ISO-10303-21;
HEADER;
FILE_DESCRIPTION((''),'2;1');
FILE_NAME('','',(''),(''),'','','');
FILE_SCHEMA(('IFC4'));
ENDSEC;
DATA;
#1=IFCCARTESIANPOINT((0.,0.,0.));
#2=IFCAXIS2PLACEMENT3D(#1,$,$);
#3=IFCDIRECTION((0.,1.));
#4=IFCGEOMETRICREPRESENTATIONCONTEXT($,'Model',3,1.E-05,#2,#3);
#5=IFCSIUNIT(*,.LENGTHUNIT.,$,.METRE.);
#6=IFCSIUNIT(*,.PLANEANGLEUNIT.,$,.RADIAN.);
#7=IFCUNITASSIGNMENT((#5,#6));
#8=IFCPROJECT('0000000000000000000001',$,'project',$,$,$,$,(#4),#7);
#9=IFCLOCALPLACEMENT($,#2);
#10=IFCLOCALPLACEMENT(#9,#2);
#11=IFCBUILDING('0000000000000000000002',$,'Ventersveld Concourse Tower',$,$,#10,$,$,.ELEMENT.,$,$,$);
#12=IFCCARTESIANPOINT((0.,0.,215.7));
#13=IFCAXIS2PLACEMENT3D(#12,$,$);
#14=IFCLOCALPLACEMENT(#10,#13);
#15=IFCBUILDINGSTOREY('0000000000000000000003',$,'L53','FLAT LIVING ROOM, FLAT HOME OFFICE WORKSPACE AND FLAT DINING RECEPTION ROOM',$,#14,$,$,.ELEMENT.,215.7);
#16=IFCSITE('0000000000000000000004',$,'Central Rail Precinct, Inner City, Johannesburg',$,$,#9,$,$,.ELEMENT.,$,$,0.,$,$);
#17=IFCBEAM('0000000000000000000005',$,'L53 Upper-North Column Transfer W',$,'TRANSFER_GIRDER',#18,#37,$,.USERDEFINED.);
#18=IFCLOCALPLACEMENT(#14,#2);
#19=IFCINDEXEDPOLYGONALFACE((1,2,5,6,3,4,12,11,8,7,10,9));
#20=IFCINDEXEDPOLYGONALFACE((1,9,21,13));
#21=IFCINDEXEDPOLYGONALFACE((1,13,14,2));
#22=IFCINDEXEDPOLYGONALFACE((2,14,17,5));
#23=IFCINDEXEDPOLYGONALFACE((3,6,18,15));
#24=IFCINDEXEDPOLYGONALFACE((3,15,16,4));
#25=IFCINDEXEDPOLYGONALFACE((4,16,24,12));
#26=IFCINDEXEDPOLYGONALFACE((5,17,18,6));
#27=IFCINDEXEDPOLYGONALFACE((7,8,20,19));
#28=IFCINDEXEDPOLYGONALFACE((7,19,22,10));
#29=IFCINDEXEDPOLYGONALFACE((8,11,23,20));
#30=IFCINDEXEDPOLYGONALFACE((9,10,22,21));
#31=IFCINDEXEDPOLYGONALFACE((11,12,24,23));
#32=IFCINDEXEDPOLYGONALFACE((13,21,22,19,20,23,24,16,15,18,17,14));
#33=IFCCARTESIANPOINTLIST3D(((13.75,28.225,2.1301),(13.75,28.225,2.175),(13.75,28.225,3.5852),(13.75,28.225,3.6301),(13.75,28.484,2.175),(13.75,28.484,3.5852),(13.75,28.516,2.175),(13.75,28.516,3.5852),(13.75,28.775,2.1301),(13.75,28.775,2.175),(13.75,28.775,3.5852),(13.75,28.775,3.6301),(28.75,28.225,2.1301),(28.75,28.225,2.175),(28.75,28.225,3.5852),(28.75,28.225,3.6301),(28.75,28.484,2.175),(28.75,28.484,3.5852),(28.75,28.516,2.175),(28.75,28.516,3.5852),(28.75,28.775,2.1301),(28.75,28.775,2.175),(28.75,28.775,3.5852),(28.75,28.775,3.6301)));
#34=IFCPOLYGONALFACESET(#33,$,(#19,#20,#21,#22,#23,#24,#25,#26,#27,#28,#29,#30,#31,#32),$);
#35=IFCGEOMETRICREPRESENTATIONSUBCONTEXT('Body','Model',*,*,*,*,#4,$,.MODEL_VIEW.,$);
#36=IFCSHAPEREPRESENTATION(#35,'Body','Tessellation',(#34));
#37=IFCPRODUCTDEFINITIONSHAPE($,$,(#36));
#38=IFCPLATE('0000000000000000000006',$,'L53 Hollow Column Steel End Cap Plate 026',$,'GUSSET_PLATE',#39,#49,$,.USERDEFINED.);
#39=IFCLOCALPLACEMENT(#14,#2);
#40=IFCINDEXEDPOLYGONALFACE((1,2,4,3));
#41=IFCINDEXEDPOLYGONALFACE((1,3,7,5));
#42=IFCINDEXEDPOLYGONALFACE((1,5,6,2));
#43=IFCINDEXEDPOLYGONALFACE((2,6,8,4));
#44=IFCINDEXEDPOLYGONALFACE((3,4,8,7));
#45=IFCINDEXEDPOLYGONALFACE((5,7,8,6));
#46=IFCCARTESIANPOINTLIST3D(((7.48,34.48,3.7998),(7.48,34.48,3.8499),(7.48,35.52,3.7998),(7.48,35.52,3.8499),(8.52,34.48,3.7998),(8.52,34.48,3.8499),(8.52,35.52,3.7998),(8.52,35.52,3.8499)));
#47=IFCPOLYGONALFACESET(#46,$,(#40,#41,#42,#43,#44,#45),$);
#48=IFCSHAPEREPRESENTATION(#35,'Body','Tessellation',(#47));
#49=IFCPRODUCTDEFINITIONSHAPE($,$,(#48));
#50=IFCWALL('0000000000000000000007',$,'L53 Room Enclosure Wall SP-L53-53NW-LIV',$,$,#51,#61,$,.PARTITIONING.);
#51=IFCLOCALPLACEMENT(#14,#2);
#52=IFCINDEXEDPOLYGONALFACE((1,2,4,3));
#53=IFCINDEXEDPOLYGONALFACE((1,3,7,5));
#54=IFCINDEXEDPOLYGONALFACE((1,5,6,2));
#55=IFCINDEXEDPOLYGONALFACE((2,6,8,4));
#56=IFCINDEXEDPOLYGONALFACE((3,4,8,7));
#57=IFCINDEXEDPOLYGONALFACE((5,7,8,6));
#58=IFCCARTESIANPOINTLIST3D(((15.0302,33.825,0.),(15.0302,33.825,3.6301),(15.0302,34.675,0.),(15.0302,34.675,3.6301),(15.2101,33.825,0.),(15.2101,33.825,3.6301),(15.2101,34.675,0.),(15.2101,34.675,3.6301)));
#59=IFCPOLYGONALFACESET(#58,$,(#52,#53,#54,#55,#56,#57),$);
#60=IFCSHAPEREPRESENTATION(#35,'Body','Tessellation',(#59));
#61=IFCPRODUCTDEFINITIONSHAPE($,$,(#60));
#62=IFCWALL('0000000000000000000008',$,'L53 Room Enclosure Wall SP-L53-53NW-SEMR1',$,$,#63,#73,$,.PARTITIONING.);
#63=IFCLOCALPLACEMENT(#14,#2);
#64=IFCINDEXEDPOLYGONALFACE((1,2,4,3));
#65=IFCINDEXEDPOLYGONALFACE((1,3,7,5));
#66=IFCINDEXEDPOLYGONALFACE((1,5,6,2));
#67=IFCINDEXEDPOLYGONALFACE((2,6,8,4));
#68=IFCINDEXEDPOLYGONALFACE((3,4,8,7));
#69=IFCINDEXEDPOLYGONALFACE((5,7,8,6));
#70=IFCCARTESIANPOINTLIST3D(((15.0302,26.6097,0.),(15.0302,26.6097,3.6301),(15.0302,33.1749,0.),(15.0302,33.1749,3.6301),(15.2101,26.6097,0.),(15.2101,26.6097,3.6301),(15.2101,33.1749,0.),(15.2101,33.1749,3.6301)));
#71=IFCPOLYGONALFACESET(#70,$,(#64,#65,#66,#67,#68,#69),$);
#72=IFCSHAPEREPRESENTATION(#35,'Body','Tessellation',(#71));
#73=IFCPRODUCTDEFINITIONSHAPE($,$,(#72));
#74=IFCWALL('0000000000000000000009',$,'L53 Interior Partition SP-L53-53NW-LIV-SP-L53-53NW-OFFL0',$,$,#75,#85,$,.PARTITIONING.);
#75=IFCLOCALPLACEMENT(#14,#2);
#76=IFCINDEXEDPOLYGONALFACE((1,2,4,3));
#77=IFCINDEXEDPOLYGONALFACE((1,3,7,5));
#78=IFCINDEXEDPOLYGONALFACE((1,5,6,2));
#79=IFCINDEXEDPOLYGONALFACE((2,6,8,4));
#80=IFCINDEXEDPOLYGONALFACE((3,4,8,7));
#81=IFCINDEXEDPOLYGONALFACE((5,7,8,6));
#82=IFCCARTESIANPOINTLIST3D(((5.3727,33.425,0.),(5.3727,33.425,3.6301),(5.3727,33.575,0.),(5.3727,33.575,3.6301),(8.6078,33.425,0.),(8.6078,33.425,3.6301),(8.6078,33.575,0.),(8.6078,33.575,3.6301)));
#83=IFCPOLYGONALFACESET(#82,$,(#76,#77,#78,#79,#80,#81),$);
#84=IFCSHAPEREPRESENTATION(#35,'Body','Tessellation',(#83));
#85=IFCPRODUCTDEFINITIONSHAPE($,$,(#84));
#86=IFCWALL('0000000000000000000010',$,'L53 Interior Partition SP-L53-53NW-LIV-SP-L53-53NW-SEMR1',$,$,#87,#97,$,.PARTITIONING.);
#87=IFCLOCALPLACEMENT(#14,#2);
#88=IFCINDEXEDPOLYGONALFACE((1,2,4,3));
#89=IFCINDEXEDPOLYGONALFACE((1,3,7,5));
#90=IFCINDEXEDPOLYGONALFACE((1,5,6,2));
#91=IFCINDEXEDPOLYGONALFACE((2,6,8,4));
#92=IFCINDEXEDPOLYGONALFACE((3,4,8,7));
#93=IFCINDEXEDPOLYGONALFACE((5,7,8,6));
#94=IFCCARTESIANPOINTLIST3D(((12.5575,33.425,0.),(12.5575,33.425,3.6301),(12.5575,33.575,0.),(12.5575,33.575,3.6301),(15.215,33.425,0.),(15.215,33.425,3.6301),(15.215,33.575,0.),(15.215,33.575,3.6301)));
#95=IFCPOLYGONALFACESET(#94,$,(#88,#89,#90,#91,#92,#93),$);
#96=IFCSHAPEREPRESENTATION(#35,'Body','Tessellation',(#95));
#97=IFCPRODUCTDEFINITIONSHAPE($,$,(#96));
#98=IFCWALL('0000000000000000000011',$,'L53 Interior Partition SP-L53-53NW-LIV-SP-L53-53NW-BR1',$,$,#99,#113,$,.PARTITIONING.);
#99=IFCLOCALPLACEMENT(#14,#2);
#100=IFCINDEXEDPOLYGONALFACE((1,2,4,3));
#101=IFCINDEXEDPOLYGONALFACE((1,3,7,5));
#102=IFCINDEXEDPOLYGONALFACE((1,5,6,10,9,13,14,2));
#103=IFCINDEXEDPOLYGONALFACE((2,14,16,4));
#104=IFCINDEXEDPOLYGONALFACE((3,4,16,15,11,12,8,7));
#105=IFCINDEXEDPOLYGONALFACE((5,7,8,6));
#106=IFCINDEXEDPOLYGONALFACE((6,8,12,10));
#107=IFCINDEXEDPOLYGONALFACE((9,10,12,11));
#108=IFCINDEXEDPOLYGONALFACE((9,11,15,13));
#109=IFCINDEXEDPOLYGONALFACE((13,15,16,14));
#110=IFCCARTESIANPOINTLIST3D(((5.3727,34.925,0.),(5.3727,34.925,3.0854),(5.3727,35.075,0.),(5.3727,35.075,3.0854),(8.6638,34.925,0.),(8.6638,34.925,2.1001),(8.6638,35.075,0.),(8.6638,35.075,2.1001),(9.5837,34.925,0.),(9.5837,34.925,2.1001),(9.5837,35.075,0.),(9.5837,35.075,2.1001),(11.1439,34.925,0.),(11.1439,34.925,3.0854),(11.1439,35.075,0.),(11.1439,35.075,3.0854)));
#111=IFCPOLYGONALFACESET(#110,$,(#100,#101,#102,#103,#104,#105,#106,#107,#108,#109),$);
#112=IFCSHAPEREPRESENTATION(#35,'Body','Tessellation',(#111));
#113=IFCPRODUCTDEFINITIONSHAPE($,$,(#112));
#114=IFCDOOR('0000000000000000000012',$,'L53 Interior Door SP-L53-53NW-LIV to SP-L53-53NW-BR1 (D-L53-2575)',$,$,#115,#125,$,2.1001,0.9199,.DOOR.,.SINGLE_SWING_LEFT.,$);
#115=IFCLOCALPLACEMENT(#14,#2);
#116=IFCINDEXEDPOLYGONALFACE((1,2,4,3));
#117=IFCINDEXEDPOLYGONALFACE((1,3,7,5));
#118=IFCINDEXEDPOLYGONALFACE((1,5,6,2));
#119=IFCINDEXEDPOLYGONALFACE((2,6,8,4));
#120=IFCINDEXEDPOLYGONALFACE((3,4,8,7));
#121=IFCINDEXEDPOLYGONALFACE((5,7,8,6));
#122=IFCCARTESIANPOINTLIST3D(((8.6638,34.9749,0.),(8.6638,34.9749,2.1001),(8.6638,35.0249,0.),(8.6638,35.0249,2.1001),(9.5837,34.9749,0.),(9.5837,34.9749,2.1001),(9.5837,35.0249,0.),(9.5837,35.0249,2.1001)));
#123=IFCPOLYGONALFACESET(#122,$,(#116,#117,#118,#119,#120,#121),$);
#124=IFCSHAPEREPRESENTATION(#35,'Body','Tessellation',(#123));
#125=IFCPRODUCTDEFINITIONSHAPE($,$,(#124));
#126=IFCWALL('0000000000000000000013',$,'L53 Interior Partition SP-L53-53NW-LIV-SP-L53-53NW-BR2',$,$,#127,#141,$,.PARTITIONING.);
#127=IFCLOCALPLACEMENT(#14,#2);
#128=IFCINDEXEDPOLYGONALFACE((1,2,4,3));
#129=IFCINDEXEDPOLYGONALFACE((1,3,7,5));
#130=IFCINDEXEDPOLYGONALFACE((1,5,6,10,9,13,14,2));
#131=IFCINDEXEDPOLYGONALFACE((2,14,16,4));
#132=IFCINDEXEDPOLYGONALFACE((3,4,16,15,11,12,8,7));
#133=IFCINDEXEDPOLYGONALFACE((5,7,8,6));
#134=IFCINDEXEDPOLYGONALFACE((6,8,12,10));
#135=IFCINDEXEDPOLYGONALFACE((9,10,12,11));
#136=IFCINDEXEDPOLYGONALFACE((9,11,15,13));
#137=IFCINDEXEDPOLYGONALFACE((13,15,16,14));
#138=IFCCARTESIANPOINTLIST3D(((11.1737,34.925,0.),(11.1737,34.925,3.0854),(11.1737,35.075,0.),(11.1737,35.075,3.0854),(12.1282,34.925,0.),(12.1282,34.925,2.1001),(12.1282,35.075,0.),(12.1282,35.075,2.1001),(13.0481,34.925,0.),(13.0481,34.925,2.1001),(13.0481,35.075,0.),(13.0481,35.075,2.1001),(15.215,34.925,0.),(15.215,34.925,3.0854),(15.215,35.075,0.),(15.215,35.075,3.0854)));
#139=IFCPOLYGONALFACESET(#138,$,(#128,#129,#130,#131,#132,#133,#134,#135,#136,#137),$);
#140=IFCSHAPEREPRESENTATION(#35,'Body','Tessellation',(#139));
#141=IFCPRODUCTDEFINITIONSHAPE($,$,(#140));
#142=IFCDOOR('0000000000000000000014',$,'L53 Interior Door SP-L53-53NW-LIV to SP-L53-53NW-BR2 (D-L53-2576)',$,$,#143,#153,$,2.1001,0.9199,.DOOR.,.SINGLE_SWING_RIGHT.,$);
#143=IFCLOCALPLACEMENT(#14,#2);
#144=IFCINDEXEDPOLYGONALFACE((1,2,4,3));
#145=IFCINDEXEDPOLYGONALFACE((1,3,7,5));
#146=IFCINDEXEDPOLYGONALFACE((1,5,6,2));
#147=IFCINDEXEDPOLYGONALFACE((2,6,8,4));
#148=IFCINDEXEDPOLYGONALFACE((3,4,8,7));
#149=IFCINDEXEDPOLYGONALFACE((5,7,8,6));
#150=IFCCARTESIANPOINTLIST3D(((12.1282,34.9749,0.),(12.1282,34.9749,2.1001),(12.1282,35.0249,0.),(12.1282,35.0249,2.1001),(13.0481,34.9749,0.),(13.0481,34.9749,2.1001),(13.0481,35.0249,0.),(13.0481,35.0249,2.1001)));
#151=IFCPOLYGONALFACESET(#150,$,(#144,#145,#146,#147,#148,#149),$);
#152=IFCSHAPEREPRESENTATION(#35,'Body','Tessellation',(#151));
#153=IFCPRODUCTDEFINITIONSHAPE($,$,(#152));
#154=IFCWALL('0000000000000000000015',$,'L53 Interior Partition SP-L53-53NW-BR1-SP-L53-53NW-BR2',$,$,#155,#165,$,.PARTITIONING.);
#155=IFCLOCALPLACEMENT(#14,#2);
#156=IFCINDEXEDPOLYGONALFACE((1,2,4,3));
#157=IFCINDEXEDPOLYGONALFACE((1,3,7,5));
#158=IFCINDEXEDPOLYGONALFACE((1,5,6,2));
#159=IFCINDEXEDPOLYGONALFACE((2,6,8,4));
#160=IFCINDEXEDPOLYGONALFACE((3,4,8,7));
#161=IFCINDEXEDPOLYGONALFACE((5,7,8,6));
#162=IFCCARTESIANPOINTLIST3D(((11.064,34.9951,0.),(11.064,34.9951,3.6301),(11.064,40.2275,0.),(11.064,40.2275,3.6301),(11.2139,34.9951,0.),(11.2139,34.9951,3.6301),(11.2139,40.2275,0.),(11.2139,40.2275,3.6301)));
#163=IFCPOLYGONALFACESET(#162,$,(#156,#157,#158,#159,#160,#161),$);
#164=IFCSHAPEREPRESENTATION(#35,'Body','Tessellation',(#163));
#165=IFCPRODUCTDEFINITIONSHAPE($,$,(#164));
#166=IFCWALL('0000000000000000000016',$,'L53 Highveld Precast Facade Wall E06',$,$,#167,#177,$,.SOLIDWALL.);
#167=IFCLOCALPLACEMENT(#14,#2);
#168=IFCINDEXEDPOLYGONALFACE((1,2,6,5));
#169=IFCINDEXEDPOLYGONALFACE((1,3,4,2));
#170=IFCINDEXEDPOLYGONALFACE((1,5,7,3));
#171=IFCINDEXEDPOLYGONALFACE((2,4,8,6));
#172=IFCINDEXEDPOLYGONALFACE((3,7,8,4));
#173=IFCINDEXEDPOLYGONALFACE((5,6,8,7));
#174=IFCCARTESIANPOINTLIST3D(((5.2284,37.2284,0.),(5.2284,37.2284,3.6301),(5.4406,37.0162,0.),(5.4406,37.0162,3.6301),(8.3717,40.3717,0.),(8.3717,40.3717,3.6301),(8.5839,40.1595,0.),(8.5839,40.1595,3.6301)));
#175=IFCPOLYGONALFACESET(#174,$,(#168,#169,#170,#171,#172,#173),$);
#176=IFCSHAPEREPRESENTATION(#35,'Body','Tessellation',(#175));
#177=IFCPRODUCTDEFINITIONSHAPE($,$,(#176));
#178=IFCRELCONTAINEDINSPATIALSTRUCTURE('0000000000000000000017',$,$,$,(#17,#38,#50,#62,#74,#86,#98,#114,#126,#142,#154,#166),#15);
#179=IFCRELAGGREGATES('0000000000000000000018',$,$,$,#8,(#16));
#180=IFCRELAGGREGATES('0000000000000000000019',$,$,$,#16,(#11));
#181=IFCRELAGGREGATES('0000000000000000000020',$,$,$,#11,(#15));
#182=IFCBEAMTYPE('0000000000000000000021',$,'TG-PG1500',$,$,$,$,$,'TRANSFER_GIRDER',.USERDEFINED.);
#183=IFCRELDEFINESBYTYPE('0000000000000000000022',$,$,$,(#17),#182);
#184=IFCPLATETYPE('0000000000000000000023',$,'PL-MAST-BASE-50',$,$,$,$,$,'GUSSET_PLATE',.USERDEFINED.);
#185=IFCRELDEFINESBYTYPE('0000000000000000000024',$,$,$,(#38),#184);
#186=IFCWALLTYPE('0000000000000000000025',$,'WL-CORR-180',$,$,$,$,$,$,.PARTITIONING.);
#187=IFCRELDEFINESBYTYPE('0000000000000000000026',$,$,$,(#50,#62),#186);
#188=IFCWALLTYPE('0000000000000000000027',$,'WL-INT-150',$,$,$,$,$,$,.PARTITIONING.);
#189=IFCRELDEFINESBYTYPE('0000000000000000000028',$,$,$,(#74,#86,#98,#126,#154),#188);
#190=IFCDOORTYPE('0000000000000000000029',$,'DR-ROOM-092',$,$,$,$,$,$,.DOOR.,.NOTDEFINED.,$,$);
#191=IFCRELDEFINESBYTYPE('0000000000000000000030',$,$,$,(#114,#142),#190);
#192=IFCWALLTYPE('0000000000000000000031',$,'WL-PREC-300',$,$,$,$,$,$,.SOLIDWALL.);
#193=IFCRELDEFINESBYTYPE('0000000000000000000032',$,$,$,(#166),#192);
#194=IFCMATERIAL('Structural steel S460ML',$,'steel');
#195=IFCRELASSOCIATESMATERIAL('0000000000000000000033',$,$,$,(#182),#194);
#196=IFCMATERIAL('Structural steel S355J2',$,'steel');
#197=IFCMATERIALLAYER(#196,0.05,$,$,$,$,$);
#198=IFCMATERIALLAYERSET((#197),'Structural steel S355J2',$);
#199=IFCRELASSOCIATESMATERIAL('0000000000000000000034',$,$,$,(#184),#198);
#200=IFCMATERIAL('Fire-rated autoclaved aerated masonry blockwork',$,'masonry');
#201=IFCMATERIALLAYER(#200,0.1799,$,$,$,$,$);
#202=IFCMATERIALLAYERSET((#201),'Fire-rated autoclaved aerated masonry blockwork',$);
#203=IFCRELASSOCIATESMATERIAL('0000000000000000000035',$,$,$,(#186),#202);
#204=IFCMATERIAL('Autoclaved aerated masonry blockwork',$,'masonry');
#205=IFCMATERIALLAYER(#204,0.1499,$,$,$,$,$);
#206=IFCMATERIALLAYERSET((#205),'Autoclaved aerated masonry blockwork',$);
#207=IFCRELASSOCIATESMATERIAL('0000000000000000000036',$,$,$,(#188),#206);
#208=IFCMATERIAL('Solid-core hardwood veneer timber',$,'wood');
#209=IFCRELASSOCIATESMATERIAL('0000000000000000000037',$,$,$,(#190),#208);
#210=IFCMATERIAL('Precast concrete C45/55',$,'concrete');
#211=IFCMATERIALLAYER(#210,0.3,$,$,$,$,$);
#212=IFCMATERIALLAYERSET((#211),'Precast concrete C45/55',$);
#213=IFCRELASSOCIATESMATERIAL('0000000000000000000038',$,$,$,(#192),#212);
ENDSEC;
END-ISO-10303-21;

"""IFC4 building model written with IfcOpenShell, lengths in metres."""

from ifc_helpers import new_model, si_unit, direction, frame, frame_2d, origin, origin_2d, place, context, subcontext, project, spatial, rectangle, i_section, extrude, material, layer, layer_set, material_profile, profile_set, type_object, element, fill, save


model = new_model("IFC4")

# Units and contexts
model_context = context("Model", 3, precision=1e-05, world=origin(), true_north=direction((0.0, 1.0)))
body_context = subcontext(model_context, "Body", "Model", "MODEL_VIEW")
ifc_project = project(units=[si_unit("LENGTHUNIT", "METRE"), si_unit("PLANEANGLEUNIT", "RADIAN")], contexts=[model_context])

# Site, building, storey
site_placement = place(None, origin())
site = spatial("IfcSite", under=ifc_project, at=site_placement, Name="Central Rail Precinct, Inner City, Johannesburg", CompositionType="ELEMENT", RefElevation=0.0)
building_placement = place(site_placement, origin())
building = spatial("IfcBuilding", under=site, at=building_placement, Name="Ventersveld Concourse Tower", CompositionType="ELEMENT")
storey_placement = place(building_placement, frame((0.0, 0.0, 215.7)))
storey = spatial("IfcBuildingStorey", under=building, at=storey_placement, Name="L53", Description="FLAT LIVING ROOM, FLAT HOME OFFICE WORKSPACE AND FLAT DINING RECEPTION ROOM", CompositionType="ELEMENT", Elevation=215.7)

# Shared definitions
ifc_material_1 = material(Name="Structural steel S460ML", Category="steel")

# Beam
ifc_material_2 = material(Name="Structural steel S355J2", Category="steel")
ifc_material_profile_1 = material_profile(ifc_material_1, i_section(OverallWidth=0.55, OverallDepth=1.5, WebThickness=0.032, FlangeThickness=0.0449, at=origin_2d()), Name="PG 1500x550x45")
ifc_profile_set_1 = profile_set([ifc_material_profile_1], Name="Structural steel S460ML")
beam_type_1 = type_object("IfcBeamType", Name="TG-PG1500", ElementType="TRANSFER_GIRDER", PredefinedType="USERDEFINED", material=ifc_profile_set_1)
beam_1_placement = place(storey_placement, frame((13.75, 28.5, 2.8801), z_axis=(1.0, 0.0, 0.0), x_axis=(0.0, 1.0, 0.0)))
element("IfcBeam", 1, at=beam_1_placement, inside=storey, type_object=beam_type_1, Name="L53 Upper-North Column Transfer W", ObjectType="TRANSFER_GIRDER", PredefinedType="USERDEFINED", context=body_context, shape_type="SweptSolid", body=[
    extrude(i_section(OverallWidth=0.55, OverallDepth=1.5, WebThickness=0.032, FlangeThickness=0.0449, at=origin_2d()), origin(), (0.0, 0.0, 1.0), 15.0),
])

# Plate
ifc_layer_1 = layer(ifc_material_2, 0.05)
ifc_layer_set_1 = layer_set([ifc_layer_1], Name="Structural steel S355J2")
plate_type = type_object("IfcPlateType", Name="PL-MAST-BASE-50", ElementType="GUSSET_PLATE", PredefinedType="USERDEFINED", material=ifc_layer_set_1)
plate_placement = place(storey_placement, frame((8.0, 35.0, 3.7998), z_axis=(0.0, 0.0, 1.0), x_axis=(1.0, 0.0, 0.0)))
element("IfcPlate", 2, at=plate_placement, inside=storey, type_object=plate_type, Name="L53 Hollow Column Steel End Cap Plate 026", ObjectType="GUSSET_PLATE", PredefinedType="USERDEFINED", context=body_context, shape_type="SweptSolid", body=[
    extrude(rectangle(XDim=1.04, YDim=1.04, at=origin_2d()), origin(), (0.0, 0.0, 1.0), 0.05),
])

# Walls
ifc_material_3 = material(Name="Fire-rated autoclaved aerated masonry blockwork", Category="masonry")
ifc_layer_2 = layer(ifc_material_3, 0.1799)
ifc_layer_set_2 = layer_set([ifc_layer_2], Name="Fire-rated autoclaved aerated masonry blockwork")
wall_type_1 = type_object("IfcWallType", Name="WL-CORR-180", PredefinedType="PARTITIONING", material=ifc_layer_set_2)
wall_1_placement = place(storey_placement, frame((15.1201, 34.675, 0.0), z_axis=(0.0, 0.0, 1.0), x_axis=(0.0, -1.0, 0.0)))
element("IfcWall", 3, at=wall_1_placement, inside=storey, type_object=wall_type_1, Name="L53 Room Enclosure Wall SP-L53-53NW-LIV", PredefinedType="PARTITIONING", context=body_context, shape_type="SweptSolid", body=[
    extrude(rectangle(XDim=0.8501, YDim=0.1799, at=frame_2d((0.425, 0.0))), origin(), (0.0, 0.0, 1.0), 3.6301),
])
wall_2_placement = place(storey_placement, frame((15.1201, 33.175, 0.0), z_axis=(0.0, 0.0, 1.0), x_axis=(0.0, -1.0, 0.0)))
element("IfcWall", 4, at=wall_2_placement, inside=storey, type_object=wall_type_1, Name="L53 Room Enclosure Wall SP-L53-53NW-SEMR1", PredefinedType="PARTITIONING", context=body_context, shape_type="SweptSolid", body=[
    extrude(rectangle(XDim=6.5652, YDim=0.1799, at=frame_2d((3.2827, 0.0))), origin(), (0.0, 0.0, 1.0), 3.6301),
])
ifc_material_4 = material(Name="Autoclaved aerated masonry blockwork", Category="masonry")
ifc_layer_3 = layer(ifc_material_4, 0.1499)
ifc_layer_set_3 = layer_set([ifc_layer_3], Name="Autoclaved aerated masonry blockwork")
wall_type_2 = type_object("IfcWallType", Name="WL-INT-150", PredefinedType="PARTITIONING", material=ifc_layer_set_3)
wall_3_placement = place(storey_placement, frame((5.3726, 33.5, 0.0), z_axis=(0.0, 0.0, 1.0), x_axis=(1.0, 0.0, 0.0)))
element("IfcWall", 5, at=wall_3_placement, inside=storey, type_object=wall_type_2, Name="L53 Interior Partition SP-L53-53NW-LIV-SP-L53-53NW-OFFL0", PredefinedType="PARTITIONING", context=body_context, shape_type="SweptSolid", body=[
    extrude(rectangle(XDim=3.2351, YDim=0.1499, at=frame_2d((1.6177, 0.0))), origin(), (0.0, 0.0, 1.0), 3.6301),
])
wall_4_placement = place(storey_placement, frame((12.5576, 33.5, 0.0), z_axis=(0.0, 0.0, 1.0), x_axis=(1.0, 0.0, 0.0)))
element("IfcWall", 6, at=wall_4_placement, inside=storey, type_object=wall_type_2, Name="L53 Interior Partition SP-L53-53NW-LIV-SP-L53-53NW-SEMR1", PredefinedType="PARTITIONING", context=body_context, shape_type="SweptSolid", body=[
    extrude(rectangle(XDim=2.6575, YDim=0.1499, at=frame_2d((1.3286, 0.0))), origin(), (0.0, 0.0, 1.0), 3.6301),
])

# Walls, openings, doors
wall_5_placement = place(storey_placement, frame((5.3726, 35.0, 0.0), z_axis=(0.0, 0.0, 1.0), x_axis=(1.0, 0.0, 0.0)))
wall_5 = element("IfcWall", 7, at=wall_5_placement, inside=storey, type_object=wall_type_2, Name="L53 Interior Partition SP-L53-53NW-LIV-SP-L53-53NW-BR1", PredefinedType="PARTITIONING", context=body_context, shape_type="SweptSolid", body=[
    extrude(rectangle(XDim=5.7712, YDim=0.1499, at=frame_2d((2.8857, 0.0))), origin(), (0.0, 0.0, 1.0), 3.0854),
])
opening_1_placement = place(wall_5_placement, frame((3.2913, 0.0, 0.0)))
opening_1 = element("IfcOpeningElement", 8, at=opening_1_placement, cuts=wall_5, PredefinedType="OPENING", context=body_context, shape_type="SweptSolid", body=[
    extrude(rectangle(XDim=0.9199, YDim=2.1001, at=frame_2d((0.46, 1.05))), frame((0.0, 0.085, 0.0), z_axis=(0.0, -1.0, 0.0), x_axis=(1.0, 0.0, 0.0)), (0.0, 0.0, 1.0), 0.1699),
])
ifc_material_5 = material(Name="Solid-core hardwood veneer timber", Category="wood")
door_type = type_object("IfcDoorType", Name="DR-ROOM-092", OperationType="NOTDEFINED", PredefinedType="DOOR", material=ifc_material_5)
door_1_placement = place(opening_1_placement, origin())
door_1 = element("IfcDoor", 9, at=door_1_placement, inside=storey, type_object=door_type, Name="L53 Interior Door SP-L53-53NW-LIV to SP-L53-53NW-BR1 (D-L53-2575)", OperationType="SINGLE_SWING_LEFT", OverallHeight=2.1001, OverallWidth=0.9199, PredefinedType="DOOR", context=body_context, shape_type="SweptSolid", body=[
    extrude(rectangle(XDim=0.9199, YDim=2.1001, at=frame_2d((0.46, 1.05))), frame((0.0, 0.0249, 0.0), z_axis=(0.0, -1.0, 0.0), x_axis=(1.0, 0.0, 0.0)), (0.0, 0.0, 1.0), 0.05),
])
fill(opening_1, door_1)
wall_6_placement = place(storey_placement, frame((11.1738, 35.0, 0.0), z_axis=(0.0, 0.0, 1.0), x_axis=(1.0, 0.0, 0.0)))
wall_6 = element("IfcWall", 10, at=wall_6_placement, inside=storey, type_object=wall_type_2, Name="L53 Interior Partition SP-L53-53NW-LIV-SP-L53-53NW-BR2", PredefinedType="PARTITIONING", context=body_context, shape_type="SweptSolid", body=[
    extrude(rectangle(XDim=4.0413, YDim=0.1499, at=frame_2d((2.0205, 0.0))), origin(), (0.0, 0.0, 1.0), 3.0854),
])
opening_2_placement = place(wall_6_placement, frame((0.9543, 0.0, 0.0)))
opening_2 = element("IfcOpeningElement", 11, at=opening_2_placement, cuts=wall_6, PredefinedType="OPENING", context=body_context, shape_type="SweptSolid", body=[
    extrude(rectangle(XDim=0.9199, YDim=2.1001, at=frame_2d((0.46, 1.05))), frame((0.0, 0.085, 0.0), z_axis=(0.0, -1.0, 0.0), x_axis=(1.0, 0.0, 0.0)), (0.0, 0.0, 1.0), 0.1699),
])
door_2_placement = place(opening_2_placement, origin())
door_2 = element("IfcDoor", 12, at=door_2_placement, inside=storey, type_object=door_type, Name="L53 Interior Door SP-L53-53NW-LIV to SP-L53-53NW-BR2 (D-L53-2576)", OperationType="SINGLE_SWING_RIGHT", OverallHeight=2.1001, OverallWidth=0.9199, PredefinedType="DOOR", context=body_context, shape_type="SweptSolid", body=[
    extrude(rectangle(XDim=0.9199, YDim=2.1001, at=frame_2d((0.46, 1.05))), frame((0.0, 0.0249, 0.0), z_axis=(0.0, -1.0, 0.0), x_axis=(1.0, 0.0, 0.0)), (0.0, 0.0, 1.0), 0.05),
])
fill(opening_2, door_2)

# Walls
wall_7_placement = place(storey_placement, frame((11.1389, 34.9951, 0.0), z_axis=(0.0, 0.0, 1.0), x_axis=(0.0, 1.0, 0.0)))
element("IfcWall", 13, at=wall_7_placement, inside=storey, type_object=wall_type_2, Name="L53 Interior Partition SP-L53-53NW-BR1-SP-L53-53NW-BR2", PredefinedType="PARTITIONING", context=body_context, shape_type="SweptSolid", body=[
    extrude(rectangle(XDim=5.2324, YDim=0.1499, at=frame_2d((2.6162, 0.0))), origin(), (0.0, 0.0, 1.0), 3.6301),
])
ifc_material_6 = material(Name="Precast concrete C45/55", Category="concrete")
ifc_layer_4 = layer(ifc_material_6, 0.3)
ifc_layer_set_4 = layer_set([ifc_layer_4], Name="Precast concrete C45/55")
wall_type_3 = type_object("IfcWallType", Name="WL-PREC-300", PredefinedType="SOLIDWALL", material=ifc_layer_set_4)
wall_8_placement = place(storey_placement, frame((8.4778, 40.2656, 0.0), z_axis=(0.0, 0.0, 1.0), x_axis=(-0.707107, -0.707107, 0.0)))
element("IfcWall", 14, at=wall_8_placement, inside=storey, type_object=wall_type_3, Name="L53 Highveld Precast Facade Wall E06", PredefinedType="SOLIDWALL", context=body_context, shape_type="SweptSolid", body=[
    extrude(rectangle(XDim=4.4453, YDim=0.3, at=frame_2d((2.2227, 0.0))), origin(), (0.0, 0.0, 1.0), 3.6301),
])

save(model, "model.ifc")
